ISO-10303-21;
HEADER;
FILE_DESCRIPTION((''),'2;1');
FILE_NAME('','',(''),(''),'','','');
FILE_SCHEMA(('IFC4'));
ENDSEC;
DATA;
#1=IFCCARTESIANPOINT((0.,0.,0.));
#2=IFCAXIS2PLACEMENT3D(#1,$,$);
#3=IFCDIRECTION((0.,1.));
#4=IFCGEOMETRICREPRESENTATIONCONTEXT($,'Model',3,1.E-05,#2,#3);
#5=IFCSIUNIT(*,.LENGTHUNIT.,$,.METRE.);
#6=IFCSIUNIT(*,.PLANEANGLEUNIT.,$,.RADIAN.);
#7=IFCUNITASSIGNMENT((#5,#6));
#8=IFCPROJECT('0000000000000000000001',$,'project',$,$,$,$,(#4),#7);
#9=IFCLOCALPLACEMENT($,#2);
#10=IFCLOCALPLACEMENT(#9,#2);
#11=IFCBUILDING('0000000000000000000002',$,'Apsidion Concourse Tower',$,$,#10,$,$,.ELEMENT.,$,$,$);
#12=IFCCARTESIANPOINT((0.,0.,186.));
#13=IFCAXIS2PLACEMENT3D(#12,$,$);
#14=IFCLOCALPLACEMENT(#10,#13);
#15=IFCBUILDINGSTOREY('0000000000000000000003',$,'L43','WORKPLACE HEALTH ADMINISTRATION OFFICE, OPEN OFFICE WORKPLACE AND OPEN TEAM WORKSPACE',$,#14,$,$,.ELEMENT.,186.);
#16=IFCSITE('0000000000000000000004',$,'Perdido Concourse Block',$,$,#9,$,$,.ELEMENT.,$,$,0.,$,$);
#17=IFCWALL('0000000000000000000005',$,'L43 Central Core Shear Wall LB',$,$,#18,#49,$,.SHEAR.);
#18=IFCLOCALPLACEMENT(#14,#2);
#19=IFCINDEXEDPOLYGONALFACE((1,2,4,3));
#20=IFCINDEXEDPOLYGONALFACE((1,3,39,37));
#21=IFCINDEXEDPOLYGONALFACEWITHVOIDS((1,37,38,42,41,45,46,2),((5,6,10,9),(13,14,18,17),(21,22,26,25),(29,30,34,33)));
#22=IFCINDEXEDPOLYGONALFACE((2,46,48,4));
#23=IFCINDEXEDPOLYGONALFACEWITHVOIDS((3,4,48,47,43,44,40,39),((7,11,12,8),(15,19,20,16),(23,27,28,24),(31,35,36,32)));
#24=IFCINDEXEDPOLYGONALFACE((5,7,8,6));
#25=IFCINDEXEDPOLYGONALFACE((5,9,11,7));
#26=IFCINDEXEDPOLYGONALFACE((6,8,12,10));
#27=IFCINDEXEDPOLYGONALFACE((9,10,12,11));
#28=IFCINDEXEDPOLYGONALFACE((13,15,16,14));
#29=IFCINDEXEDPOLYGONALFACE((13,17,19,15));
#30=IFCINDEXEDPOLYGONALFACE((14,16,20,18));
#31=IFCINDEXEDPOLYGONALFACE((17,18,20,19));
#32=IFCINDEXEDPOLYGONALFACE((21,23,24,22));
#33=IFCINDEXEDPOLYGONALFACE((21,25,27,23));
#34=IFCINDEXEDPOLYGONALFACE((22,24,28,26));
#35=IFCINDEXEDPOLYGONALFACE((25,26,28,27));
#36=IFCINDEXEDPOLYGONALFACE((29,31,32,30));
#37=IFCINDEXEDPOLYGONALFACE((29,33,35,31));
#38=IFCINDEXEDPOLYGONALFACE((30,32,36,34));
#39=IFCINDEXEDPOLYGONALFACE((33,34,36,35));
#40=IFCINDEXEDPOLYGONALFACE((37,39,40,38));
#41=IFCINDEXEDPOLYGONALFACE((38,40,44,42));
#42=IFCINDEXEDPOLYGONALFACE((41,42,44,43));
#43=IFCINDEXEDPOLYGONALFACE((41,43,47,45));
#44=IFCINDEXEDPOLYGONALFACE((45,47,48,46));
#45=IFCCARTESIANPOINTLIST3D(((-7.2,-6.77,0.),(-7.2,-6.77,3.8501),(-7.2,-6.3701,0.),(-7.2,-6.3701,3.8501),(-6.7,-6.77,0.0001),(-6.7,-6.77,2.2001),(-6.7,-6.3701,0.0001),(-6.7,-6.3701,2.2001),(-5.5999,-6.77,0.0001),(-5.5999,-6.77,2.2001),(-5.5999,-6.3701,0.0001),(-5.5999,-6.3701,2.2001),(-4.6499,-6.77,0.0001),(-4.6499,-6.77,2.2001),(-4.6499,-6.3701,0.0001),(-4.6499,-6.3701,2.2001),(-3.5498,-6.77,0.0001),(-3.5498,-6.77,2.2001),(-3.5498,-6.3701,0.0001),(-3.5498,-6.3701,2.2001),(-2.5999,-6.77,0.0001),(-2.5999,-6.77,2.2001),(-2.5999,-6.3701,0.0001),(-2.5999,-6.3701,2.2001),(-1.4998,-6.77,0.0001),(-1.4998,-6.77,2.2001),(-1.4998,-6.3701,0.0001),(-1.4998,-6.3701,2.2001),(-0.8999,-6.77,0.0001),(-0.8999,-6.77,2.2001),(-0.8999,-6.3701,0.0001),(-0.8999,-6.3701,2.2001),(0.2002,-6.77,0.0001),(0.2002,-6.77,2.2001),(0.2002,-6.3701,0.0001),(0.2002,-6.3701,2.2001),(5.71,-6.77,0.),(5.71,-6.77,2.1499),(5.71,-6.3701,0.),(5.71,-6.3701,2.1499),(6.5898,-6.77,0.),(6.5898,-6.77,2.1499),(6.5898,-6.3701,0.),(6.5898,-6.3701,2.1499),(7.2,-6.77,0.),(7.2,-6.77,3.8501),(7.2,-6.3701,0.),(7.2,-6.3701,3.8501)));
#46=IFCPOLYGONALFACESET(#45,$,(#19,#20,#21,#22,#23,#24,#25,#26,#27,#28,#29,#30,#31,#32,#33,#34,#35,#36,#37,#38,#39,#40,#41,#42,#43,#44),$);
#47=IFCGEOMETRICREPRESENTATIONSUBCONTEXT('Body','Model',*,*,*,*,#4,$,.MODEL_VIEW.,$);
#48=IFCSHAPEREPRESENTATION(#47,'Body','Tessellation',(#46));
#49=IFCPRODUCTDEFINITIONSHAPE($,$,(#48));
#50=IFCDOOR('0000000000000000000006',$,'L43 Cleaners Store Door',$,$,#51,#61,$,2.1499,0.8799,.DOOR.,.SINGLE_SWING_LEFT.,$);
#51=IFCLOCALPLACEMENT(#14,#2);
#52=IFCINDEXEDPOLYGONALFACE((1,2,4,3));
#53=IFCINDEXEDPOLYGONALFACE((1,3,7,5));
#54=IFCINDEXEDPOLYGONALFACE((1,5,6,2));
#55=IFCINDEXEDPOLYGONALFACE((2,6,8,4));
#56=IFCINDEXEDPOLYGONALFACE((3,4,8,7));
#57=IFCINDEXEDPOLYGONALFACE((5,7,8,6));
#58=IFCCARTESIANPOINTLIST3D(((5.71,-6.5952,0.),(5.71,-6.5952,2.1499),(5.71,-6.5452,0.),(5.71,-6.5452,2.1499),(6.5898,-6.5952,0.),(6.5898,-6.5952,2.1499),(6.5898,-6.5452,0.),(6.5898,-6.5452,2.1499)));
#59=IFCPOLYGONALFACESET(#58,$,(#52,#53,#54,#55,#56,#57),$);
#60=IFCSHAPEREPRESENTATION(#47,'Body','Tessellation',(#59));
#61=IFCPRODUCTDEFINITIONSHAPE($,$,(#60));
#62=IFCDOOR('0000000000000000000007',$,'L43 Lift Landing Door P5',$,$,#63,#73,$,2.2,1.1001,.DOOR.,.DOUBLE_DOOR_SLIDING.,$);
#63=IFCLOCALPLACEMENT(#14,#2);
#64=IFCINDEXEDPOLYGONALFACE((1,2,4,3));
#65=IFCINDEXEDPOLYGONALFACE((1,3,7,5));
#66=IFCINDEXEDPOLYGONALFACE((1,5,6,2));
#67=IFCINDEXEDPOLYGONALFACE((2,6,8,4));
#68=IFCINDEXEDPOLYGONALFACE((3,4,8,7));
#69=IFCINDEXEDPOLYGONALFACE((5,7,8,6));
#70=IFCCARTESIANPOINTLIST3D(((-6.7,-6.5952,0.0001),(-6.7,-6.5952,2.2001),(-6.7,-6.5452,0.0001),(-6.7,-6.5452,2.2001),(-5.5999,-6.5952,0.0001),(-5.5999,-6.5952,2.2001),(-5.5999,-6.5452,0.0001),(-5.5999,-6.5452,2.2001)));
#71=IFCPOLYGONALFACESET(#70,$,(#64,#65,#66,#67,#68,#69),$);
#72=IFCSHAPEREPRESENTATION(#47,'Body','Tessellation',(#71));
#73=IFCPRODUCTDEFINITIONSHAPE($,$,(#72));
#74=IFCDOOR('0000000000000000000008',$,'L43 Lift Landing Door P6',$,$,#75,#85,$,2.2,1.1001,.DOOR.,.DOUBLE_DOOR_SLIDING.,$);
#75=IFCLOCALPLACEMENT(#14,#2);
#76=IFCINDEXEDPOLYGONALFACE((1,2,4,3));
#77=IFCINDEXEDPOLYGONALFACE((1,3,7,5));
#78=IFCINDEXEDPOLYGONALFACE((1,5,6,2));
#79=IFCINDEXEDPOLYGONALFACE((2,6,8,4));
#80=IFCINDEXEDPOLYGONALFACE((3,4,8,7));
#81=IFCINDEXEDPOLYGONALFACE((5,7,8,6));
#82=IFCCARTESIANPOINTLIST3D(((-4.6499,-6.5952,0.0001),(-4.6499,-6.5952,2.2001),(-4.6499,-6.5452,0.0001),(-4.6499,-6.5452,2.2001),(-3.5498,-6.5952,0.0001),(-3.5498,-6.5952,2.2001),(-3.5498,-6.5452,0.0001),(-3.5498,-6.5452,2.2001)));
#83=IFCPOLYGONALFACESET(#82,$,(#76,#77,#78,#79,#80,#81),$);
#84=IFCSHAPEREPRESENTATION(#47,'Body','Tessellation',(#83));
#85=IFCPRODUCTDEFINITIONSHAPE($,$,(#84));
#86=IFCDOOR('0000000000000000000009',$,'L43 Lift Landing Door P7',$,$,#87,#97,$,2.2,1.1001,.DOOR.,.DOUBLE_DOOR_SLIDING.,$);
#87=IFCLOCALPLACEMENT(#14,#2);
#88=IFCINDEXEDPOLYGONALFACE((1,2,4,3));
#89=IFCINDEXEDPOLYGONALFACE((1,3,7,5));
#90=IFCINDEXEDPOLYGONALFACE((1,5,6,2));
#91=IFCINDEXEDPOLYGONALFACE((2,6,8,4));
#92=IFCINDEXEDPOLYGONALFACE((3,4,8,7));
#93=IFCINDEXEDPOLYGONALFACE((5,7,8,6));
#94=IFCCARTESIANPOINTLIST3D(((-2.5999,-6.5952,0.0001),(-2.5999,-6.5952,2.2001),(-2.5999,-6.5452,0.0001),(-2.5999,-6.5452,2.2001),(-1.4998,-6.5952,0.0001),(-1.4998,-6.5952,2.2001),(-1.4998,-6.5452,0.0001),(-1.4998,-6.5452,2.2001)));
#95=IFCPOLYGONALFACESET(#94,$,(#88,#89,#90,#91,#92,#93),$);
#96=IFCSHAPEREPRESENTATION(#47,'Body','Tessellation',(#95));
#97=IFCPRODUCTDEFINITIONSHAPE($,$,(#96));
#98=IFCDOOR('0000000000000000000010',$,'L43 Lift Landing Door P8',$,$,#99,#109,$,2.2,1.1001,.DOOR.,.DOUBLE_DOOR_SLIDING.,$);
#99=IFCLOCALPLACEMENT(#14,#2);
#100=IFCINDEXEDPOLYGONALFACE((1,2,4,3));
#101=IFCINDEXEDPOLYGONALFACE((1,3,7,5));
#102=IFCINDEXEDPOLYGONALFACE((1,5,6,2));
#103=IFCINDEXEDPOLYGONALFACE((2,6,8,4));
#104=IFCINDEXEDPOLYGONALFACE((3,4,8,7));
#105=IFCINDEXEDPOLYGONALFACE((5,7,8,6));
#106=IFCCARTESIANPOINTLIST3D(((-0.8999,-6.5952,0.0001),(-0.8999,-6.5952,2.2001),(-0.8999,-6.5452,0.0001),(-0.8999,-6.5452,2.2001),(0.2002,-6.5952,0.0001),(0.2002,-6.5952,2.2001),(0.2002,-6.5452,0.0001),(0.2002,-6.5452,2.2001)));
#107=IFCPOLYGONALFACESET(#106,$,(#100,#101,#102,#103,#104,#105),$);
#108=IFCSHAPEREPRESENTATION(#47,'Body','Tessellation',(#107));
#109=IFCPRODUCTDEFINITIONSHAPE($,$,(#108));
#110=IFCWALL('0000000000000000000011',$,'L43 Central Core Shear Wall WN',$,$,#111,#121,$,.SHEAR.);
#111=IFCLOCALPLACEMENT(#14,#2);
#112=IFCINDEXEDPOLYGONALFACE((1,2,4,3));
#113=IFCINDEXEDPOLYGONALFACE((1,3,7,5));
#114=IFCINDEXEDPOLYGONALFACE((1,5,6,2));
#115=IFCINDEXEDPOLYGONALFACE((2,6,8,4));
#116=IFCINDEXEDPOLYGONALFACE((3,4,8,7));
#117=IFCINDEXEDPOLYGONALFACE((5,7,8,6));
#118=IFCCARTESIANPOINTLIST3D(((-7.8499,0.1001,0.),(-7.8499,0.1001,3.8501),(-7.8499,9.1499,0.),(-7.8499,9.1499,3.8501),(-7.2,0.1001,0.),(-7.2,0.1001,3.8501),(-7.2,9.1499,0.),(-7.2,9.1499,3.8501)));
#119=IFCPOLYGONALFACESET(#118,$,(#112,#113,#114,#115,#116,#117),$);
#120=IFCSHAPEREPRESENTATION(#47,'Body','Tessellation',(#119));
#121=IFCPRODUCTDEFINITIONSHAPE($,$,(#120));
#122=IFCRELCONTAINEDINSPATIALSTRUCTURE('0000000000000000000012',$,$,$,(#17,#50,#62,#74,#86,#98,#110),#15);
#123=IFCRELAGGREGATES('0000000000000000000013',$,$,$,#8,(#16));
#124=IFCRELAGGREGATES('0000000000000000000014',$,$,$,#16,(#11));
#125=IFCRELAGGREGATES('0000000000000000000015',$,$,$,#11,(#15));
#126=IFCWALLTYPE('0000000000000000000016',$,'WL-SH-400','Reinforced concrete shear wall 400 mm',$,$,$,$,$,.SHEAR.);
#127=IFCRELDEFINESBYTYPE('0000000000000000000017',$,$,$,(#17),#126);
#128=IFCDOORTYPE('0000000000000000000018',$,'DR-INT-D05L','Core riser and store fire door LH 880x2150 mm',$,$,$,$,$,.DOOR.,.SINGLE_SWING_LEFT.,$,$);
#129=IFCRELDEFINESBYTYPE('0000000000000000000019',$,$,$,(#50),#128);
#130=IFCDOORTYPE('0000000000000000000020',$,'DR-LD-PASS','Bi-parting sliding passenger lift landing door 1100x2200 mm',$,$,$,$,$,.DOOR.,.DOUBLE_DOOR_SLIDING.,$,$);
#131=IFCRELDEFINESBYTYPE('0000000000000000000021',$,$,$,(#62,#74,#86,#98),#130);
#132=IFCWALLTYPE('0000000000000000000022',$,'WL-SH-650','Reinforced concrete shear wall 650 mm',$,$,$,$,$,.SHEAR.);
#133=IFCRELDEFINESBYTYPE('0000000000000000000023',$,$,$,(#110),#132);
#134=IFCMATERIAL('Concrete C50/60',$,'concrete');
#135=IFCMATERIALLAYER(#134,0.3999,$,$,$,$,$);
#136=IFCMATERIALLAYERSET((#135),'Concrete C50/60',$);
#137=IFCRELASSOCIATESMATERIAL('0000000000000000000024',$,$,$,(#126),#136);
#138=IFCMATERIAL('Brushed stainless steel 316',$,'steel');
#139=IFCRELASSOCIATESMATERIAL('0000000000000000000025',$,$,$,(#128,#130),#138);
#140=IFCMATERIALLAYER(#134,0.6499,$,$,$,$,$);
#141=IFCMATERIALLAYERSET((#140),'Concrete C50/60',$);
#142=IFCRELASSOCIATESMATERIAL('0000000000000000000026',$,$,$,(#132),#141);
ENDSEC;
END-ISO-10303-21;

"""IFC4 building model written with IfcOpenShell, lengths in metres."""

from ifc_helpers import new_model, si_unit, direction, frame, frame_2d, origin, place, context, subcontext, project, spatial, rectangle, extrude, material, layer, layer_set, type_object, element, fill, save


model = new_model("IFC4")

# Units and contexts
model_context = context("Model", 3, precision=1e-05, world=origin(), true_north=direction((0.0, 1.0)))
body_context = subcontext(model_context, "Body", "Model", "MODEL_VIEW")
ifc_project = project(units=[si_unit("LENGTHUNIT", "METRE"), si_unit("PLANEANGLEUNIT", "RADIAN")], contexts=[model_context])

# Site, building, storey
site_placement = place(None, origin())
site = spatial("IfcSite", under=ifc_project, at=site_placement, Name="Perdido Concourse Block", CompositionType="ELEMENT", RefElevation=0.0)
building_placement = place(site_placement, origin())
building = spatial("IfcBuilding", under=site, at=building_placement, Name="Apsidion Concourse Tower", CompositionType="ELEMENT")
storey_placement = place(building_placement, frame((0.0, 0.0, 186.0)))
storey = spatial("IfcBuildingStorey", under=building, at=storey_placement, Name="L43", Description="WORKPLACE HEALTH ADMINISTRATION OFFICE, OPEN OFFICE WORKPLACE AND OPEN TEAM WORKSPACE", CompositionType="ELEMENT", Elevation=186.0)

# Shared definitions
ifc_material_1 = material(Name="Brushed stainless steel 316", Category="steel")

# Shared definitions
ifc_material_2 = material(Name="Concrete C50/60", Category="concrete")
ifc_layer_1 = layer(ifc_material_2, 0.3999)
ifc_layer_set_1 = layer_set([ifc_layer_1], Name="Concrete C50/60")
wall_type_1 = type_object("IfcWallType", Name="WL-SH-400", Description="Reinforced concrete shear wall 400 mm", PredefinedType="SHEAR", material=ifc_layer_set_1)

# Wall, openings, doors
wall_1_placement = place(storey_placement, frame((-7.2, -6.5701, 0.0), z_axis=(0.0, 0.0, 1.0), x_axis=(1.0, 0.0, 0.0)))
wall_1 = element("IfcWall", 1, at=wall_1_placement, inside=storey, type_object=wall_type_1, Name="L43 Central Core Shear Wall LB", PredefinedType="SHEAR", context=body_context, shape_type="SweptSolid", body=[
    extrude(rectangle(XDim=14.3999, YDim=0.3999, at=frame_2d((7.2, 0.0))), origin(), (0.0, 0.0, 1.0), 3.8501),
])
opening_1_placement = place(wall_1_placement, frame((0.5, 0.0, 0.0)))
opening_1 = element("IfcOpeningElement", 2, at=opening_1_placement, cuts=wall_1, PredefinedType="OPENING", context=body_context, shape_type="SweptSolid", body=[
    extrude(rectangle(XDim=1.1001, YDim=2.2, at=frame_2d((0.55, 1.1001))), frame((0.0, 0.21, 0.0), z_axis=(0.0, -1.0, 0.0), x_axis=(1.0, 0.0, 0.0)), (0.0, 0.0, 1.0), 0.4199),
])
opening_2_placement = place(wall_1_placement, frame((2.55, 0.0, 0.0)))
opening_2 = element("IfcOpeningElement", 3, at=opening_2_placement, cuts=wall_1, PredefinedType="OPENING", context=body_context, shape_type="SweptSolid", body=[
    extrude(rectangle(XDim=1.1001, YDim=2.2, at=frame_2d((0.55, 1.1001))), frame((0.0, 0.21, 0.0), z_axis=(0.0, -1.0, 0.0), x_axis=(1.0, 0.0, 0.0)), (0.0, 0.0, 1.0), 0.4199),
])
opening_3_placement = place(wall_1_placement, frame((4.6001, 0.0, 0.0)))
opening_3 = element("IfcOpeningElement", 4, at=opening_3_placement, cuts=wall_1, PredefinedType="OPENING", context=body_context, shape_type="SweptSolid", body=[
    extrude(rectangle(XDim=1.1001, YDim=2.2, at=frame_2d((0.55, 1.1001))), frame((0.0, 0.21, 0.0), z_axis=(0.0, -1.0, 0.0), x_axis=(1.0, 0.0, 0.0)), (0.0, 0.0, 1.0), 0.4199),
])
opening_4_placement = place(wall_1_placement, frame((6.3, 0.0, 0.0)))
opening_4 = element("IfcOpeningElement", 5, at=opening_4_placement, cuts=wall_1, PredefinedType="OPENING", context=body_context, shape_type="SweptSolid", body=[
    extrude(rectangle(XDim=1.1001, YDim=2.2, at=frame_2d((0.55, 1.1001))), frame((0.0, 0.21, 0.0), z_axis=(0.0, -1.0, 0.0), x_axis=(1.0, 0.0, 0.0)), (0.0, 0.0, 1.0), 0.4199),
])
opening_5_placement = place(wall_1_placement, frame((12.9099, 0.0, 0.0)))
opening_5 = element("IfcOpeningElement", 6, at=opening_5_placement, cuts=wall_1, PredefinedType="OPENING", context=body_context, shape_type="SweptSolid", body=[
    extrude(rectangle(XDim=0.8799, YDim=2.1499, at=frame_2d((0.4399, 1.075))), frame((0.0, 0.21, 0.0), z_axis=(0.0, -1.0, 0.0), x_axis=(1.0, 0.0, 0.0)), (0.0, 0.0, 1.0), 0.4199),
])
door_type_1 = type_object("IfcDoorType", Name="DR-INT-D05L", Description="Core riser and store fire door LH 880x2150 mm", OperationType="SINGLE_SWING_LEFT", PredefinedType="DOOR", material=ifc_material_1)
door_1_placement = place(opening_5_placement, origin())
door_1 = element("IfcDoor", 7, at=door_1_placement, inside=storey, type_object=door_type_1, Name="L43 Cleaners Store Door", OperationType="SINGLE_SWING_LEFT", OverallHeight=2.1499, OverallWidth=0.8799, PredefinedType="DOOR", context=body_context, shape_type="SweptSolid", body=[
    extrude(rectangle(XDim=0.8799, YDim=2.1499, at=frame_2d((0.4399, 1.075))), frame((0.0, 0.0249, 0.0), z_axis=(0.0, -1.0, 0.0), x_axis=(1.0, 0.0, 0.0)), (0.0, 0.0, 1.0), 0.05),
])
fill(opening_5, door_1)
door_type_2 = type_object("IfcDoorType", Name="DR-LD-PASS", Description="Bi-parting sliding passenger lift landing door 1100x2200 mm", OperationType="DOUBLE_DOOR_SLIDING", PredefinedType="DOOR", material=ifc_material_1)
door_2_placement = place(opening_1_placement, origin())
door_2 = element("IfcDoor", 8, at=door_2_placement, inside=storey, type_object=door_type_2, Name="L43 Lift Landing Door P5", OperationType="DOUBLE_DOOR_SLIDING", OverallHeight=2.2, OverallWidth=1.1001, PredefinedType="DOOR", context=body_context, shape_type="SweptSolid", body=[
    extrude(rectangle(XDim=1.1001, YDim=2.2, at=frame_2d((0.55, 1.1001))), frame((0.0, 0.0249, 0.0), z_axis=(0.0, -1.0, 0.0), x_axis=(1.0, 0.0, 0.0)), (0.0, 0.0, 1.0), 0.05),
])
fill(opening_1, door_2)
door_3_placement = place(opening_2_placement, origin())
door_3 = element("IfcDoor", 9, at=door_3_placement, inside=storey, type_object=door_type_2, Name="L43 Lift Landing Door P6", OperationType="DOUBLE_DOOR_SLIDING", OverallHeight=2.2, OverallWidth=1.1001, PredefinedType="DOOR", context=body_context, shape_type="SweptSolid", body=[
    extrude(rectangle(XDim=1.1001, YDim=2.2, at=frame_2d((0.55, 1.1001))), frame((0.0, 0.0249, 0.0), z_axis=(0.0, -1.0, 0.0), x_axis=(1.0, 0.0, 0.0)), (0.0, 0.0, 1.0), 0.05),
])
fill(opening_2, door_3)
door_4_placement = place(opening_3_placement, origin())
door_4 = element("IfcDoor", 10, at=door_4_placement, inside=storey, type_object=door_type_2, Name="L43 Lift Landing Door P7", OperationType="DOUBLE_DOOR_SLIDING", OverallHeight=2.2, OverallWidth=1.1001, PredefinedType="DOOR", context=body_context, shape_type="SweptSolid", body=[
    extrude(rectangle(XDim=1.1001, YDim=2.2, at=frame_2d((0.55, 1.1001))), frame((0.0, 0.0249, 0.0), z_axis=(0.0, -1.0, 0.0), x_axis=(1.0, 0.0, 0.0)), (0.0, 0.0, 1.0), 0.05),
])
fill(opening_3, door_4)
door_5_placement = place(opening_4_placement, origin())
door_5 = element("IfcDoor", 11, at=door_5_placement, inside=storey, type_object=door_type_2, Name="L43 Lift Landing Door P8", OperationType="DOUBLE_DOOR_SLIDING", OverallHeight=2.2, OverallWidth=1.1001, PredefinedType="DOOR", context=body_context, shape_type="SweptSolid", body=[
    extrude(rectangle(XDim=1.1001, YDim=2.2, at=frame_2d((0.55, 1.1001))), frame((0.0, 0.0249, 0.0), z_axis=(0.0, -1.0, 0.0), x_axis=(1.0, 0.0, 0.0)), (0.0, 0.0, 1.0), 0.05),
])
fill(opening_4, door_5)

# Wall
ifc_layer_2 = layer(ifc_material_2, 0.6499)
ifc_layer_set_2 = layer_set([ifc_layer_2], Name="Concrete C50/60")
wall_type_2 = type_object("IfcWallType", Name="WL-SH-650", Description="Reinforced concrete shear wall 650 mm", PredefinedType="SHEAR", material=ifc_layer_set_2)
wall_2_placement = place(storey_placement, frame((-7.5249, 0.1001, 0.0), z_axis=(0.0, 0.0, 1.0), x_axis=(0.0, 1.0, 0.0)))
element("IfcWall", 12, at=wall_2_placement, inside=storey, type_object=wall_type_2, Name="L43 Central Core Shear Wall WN", PredefinedType="SHEAR", context=body_context, shape_type="SweptSolid", body=[
    extrude(rectangle(XDim=9.0498, YDim=0.6499, at=frame_2d((4.5249, 0.0))), origin(), (0.0, 0.0, 1.0), 3.8501),
])

save(model, "model.ifc")
